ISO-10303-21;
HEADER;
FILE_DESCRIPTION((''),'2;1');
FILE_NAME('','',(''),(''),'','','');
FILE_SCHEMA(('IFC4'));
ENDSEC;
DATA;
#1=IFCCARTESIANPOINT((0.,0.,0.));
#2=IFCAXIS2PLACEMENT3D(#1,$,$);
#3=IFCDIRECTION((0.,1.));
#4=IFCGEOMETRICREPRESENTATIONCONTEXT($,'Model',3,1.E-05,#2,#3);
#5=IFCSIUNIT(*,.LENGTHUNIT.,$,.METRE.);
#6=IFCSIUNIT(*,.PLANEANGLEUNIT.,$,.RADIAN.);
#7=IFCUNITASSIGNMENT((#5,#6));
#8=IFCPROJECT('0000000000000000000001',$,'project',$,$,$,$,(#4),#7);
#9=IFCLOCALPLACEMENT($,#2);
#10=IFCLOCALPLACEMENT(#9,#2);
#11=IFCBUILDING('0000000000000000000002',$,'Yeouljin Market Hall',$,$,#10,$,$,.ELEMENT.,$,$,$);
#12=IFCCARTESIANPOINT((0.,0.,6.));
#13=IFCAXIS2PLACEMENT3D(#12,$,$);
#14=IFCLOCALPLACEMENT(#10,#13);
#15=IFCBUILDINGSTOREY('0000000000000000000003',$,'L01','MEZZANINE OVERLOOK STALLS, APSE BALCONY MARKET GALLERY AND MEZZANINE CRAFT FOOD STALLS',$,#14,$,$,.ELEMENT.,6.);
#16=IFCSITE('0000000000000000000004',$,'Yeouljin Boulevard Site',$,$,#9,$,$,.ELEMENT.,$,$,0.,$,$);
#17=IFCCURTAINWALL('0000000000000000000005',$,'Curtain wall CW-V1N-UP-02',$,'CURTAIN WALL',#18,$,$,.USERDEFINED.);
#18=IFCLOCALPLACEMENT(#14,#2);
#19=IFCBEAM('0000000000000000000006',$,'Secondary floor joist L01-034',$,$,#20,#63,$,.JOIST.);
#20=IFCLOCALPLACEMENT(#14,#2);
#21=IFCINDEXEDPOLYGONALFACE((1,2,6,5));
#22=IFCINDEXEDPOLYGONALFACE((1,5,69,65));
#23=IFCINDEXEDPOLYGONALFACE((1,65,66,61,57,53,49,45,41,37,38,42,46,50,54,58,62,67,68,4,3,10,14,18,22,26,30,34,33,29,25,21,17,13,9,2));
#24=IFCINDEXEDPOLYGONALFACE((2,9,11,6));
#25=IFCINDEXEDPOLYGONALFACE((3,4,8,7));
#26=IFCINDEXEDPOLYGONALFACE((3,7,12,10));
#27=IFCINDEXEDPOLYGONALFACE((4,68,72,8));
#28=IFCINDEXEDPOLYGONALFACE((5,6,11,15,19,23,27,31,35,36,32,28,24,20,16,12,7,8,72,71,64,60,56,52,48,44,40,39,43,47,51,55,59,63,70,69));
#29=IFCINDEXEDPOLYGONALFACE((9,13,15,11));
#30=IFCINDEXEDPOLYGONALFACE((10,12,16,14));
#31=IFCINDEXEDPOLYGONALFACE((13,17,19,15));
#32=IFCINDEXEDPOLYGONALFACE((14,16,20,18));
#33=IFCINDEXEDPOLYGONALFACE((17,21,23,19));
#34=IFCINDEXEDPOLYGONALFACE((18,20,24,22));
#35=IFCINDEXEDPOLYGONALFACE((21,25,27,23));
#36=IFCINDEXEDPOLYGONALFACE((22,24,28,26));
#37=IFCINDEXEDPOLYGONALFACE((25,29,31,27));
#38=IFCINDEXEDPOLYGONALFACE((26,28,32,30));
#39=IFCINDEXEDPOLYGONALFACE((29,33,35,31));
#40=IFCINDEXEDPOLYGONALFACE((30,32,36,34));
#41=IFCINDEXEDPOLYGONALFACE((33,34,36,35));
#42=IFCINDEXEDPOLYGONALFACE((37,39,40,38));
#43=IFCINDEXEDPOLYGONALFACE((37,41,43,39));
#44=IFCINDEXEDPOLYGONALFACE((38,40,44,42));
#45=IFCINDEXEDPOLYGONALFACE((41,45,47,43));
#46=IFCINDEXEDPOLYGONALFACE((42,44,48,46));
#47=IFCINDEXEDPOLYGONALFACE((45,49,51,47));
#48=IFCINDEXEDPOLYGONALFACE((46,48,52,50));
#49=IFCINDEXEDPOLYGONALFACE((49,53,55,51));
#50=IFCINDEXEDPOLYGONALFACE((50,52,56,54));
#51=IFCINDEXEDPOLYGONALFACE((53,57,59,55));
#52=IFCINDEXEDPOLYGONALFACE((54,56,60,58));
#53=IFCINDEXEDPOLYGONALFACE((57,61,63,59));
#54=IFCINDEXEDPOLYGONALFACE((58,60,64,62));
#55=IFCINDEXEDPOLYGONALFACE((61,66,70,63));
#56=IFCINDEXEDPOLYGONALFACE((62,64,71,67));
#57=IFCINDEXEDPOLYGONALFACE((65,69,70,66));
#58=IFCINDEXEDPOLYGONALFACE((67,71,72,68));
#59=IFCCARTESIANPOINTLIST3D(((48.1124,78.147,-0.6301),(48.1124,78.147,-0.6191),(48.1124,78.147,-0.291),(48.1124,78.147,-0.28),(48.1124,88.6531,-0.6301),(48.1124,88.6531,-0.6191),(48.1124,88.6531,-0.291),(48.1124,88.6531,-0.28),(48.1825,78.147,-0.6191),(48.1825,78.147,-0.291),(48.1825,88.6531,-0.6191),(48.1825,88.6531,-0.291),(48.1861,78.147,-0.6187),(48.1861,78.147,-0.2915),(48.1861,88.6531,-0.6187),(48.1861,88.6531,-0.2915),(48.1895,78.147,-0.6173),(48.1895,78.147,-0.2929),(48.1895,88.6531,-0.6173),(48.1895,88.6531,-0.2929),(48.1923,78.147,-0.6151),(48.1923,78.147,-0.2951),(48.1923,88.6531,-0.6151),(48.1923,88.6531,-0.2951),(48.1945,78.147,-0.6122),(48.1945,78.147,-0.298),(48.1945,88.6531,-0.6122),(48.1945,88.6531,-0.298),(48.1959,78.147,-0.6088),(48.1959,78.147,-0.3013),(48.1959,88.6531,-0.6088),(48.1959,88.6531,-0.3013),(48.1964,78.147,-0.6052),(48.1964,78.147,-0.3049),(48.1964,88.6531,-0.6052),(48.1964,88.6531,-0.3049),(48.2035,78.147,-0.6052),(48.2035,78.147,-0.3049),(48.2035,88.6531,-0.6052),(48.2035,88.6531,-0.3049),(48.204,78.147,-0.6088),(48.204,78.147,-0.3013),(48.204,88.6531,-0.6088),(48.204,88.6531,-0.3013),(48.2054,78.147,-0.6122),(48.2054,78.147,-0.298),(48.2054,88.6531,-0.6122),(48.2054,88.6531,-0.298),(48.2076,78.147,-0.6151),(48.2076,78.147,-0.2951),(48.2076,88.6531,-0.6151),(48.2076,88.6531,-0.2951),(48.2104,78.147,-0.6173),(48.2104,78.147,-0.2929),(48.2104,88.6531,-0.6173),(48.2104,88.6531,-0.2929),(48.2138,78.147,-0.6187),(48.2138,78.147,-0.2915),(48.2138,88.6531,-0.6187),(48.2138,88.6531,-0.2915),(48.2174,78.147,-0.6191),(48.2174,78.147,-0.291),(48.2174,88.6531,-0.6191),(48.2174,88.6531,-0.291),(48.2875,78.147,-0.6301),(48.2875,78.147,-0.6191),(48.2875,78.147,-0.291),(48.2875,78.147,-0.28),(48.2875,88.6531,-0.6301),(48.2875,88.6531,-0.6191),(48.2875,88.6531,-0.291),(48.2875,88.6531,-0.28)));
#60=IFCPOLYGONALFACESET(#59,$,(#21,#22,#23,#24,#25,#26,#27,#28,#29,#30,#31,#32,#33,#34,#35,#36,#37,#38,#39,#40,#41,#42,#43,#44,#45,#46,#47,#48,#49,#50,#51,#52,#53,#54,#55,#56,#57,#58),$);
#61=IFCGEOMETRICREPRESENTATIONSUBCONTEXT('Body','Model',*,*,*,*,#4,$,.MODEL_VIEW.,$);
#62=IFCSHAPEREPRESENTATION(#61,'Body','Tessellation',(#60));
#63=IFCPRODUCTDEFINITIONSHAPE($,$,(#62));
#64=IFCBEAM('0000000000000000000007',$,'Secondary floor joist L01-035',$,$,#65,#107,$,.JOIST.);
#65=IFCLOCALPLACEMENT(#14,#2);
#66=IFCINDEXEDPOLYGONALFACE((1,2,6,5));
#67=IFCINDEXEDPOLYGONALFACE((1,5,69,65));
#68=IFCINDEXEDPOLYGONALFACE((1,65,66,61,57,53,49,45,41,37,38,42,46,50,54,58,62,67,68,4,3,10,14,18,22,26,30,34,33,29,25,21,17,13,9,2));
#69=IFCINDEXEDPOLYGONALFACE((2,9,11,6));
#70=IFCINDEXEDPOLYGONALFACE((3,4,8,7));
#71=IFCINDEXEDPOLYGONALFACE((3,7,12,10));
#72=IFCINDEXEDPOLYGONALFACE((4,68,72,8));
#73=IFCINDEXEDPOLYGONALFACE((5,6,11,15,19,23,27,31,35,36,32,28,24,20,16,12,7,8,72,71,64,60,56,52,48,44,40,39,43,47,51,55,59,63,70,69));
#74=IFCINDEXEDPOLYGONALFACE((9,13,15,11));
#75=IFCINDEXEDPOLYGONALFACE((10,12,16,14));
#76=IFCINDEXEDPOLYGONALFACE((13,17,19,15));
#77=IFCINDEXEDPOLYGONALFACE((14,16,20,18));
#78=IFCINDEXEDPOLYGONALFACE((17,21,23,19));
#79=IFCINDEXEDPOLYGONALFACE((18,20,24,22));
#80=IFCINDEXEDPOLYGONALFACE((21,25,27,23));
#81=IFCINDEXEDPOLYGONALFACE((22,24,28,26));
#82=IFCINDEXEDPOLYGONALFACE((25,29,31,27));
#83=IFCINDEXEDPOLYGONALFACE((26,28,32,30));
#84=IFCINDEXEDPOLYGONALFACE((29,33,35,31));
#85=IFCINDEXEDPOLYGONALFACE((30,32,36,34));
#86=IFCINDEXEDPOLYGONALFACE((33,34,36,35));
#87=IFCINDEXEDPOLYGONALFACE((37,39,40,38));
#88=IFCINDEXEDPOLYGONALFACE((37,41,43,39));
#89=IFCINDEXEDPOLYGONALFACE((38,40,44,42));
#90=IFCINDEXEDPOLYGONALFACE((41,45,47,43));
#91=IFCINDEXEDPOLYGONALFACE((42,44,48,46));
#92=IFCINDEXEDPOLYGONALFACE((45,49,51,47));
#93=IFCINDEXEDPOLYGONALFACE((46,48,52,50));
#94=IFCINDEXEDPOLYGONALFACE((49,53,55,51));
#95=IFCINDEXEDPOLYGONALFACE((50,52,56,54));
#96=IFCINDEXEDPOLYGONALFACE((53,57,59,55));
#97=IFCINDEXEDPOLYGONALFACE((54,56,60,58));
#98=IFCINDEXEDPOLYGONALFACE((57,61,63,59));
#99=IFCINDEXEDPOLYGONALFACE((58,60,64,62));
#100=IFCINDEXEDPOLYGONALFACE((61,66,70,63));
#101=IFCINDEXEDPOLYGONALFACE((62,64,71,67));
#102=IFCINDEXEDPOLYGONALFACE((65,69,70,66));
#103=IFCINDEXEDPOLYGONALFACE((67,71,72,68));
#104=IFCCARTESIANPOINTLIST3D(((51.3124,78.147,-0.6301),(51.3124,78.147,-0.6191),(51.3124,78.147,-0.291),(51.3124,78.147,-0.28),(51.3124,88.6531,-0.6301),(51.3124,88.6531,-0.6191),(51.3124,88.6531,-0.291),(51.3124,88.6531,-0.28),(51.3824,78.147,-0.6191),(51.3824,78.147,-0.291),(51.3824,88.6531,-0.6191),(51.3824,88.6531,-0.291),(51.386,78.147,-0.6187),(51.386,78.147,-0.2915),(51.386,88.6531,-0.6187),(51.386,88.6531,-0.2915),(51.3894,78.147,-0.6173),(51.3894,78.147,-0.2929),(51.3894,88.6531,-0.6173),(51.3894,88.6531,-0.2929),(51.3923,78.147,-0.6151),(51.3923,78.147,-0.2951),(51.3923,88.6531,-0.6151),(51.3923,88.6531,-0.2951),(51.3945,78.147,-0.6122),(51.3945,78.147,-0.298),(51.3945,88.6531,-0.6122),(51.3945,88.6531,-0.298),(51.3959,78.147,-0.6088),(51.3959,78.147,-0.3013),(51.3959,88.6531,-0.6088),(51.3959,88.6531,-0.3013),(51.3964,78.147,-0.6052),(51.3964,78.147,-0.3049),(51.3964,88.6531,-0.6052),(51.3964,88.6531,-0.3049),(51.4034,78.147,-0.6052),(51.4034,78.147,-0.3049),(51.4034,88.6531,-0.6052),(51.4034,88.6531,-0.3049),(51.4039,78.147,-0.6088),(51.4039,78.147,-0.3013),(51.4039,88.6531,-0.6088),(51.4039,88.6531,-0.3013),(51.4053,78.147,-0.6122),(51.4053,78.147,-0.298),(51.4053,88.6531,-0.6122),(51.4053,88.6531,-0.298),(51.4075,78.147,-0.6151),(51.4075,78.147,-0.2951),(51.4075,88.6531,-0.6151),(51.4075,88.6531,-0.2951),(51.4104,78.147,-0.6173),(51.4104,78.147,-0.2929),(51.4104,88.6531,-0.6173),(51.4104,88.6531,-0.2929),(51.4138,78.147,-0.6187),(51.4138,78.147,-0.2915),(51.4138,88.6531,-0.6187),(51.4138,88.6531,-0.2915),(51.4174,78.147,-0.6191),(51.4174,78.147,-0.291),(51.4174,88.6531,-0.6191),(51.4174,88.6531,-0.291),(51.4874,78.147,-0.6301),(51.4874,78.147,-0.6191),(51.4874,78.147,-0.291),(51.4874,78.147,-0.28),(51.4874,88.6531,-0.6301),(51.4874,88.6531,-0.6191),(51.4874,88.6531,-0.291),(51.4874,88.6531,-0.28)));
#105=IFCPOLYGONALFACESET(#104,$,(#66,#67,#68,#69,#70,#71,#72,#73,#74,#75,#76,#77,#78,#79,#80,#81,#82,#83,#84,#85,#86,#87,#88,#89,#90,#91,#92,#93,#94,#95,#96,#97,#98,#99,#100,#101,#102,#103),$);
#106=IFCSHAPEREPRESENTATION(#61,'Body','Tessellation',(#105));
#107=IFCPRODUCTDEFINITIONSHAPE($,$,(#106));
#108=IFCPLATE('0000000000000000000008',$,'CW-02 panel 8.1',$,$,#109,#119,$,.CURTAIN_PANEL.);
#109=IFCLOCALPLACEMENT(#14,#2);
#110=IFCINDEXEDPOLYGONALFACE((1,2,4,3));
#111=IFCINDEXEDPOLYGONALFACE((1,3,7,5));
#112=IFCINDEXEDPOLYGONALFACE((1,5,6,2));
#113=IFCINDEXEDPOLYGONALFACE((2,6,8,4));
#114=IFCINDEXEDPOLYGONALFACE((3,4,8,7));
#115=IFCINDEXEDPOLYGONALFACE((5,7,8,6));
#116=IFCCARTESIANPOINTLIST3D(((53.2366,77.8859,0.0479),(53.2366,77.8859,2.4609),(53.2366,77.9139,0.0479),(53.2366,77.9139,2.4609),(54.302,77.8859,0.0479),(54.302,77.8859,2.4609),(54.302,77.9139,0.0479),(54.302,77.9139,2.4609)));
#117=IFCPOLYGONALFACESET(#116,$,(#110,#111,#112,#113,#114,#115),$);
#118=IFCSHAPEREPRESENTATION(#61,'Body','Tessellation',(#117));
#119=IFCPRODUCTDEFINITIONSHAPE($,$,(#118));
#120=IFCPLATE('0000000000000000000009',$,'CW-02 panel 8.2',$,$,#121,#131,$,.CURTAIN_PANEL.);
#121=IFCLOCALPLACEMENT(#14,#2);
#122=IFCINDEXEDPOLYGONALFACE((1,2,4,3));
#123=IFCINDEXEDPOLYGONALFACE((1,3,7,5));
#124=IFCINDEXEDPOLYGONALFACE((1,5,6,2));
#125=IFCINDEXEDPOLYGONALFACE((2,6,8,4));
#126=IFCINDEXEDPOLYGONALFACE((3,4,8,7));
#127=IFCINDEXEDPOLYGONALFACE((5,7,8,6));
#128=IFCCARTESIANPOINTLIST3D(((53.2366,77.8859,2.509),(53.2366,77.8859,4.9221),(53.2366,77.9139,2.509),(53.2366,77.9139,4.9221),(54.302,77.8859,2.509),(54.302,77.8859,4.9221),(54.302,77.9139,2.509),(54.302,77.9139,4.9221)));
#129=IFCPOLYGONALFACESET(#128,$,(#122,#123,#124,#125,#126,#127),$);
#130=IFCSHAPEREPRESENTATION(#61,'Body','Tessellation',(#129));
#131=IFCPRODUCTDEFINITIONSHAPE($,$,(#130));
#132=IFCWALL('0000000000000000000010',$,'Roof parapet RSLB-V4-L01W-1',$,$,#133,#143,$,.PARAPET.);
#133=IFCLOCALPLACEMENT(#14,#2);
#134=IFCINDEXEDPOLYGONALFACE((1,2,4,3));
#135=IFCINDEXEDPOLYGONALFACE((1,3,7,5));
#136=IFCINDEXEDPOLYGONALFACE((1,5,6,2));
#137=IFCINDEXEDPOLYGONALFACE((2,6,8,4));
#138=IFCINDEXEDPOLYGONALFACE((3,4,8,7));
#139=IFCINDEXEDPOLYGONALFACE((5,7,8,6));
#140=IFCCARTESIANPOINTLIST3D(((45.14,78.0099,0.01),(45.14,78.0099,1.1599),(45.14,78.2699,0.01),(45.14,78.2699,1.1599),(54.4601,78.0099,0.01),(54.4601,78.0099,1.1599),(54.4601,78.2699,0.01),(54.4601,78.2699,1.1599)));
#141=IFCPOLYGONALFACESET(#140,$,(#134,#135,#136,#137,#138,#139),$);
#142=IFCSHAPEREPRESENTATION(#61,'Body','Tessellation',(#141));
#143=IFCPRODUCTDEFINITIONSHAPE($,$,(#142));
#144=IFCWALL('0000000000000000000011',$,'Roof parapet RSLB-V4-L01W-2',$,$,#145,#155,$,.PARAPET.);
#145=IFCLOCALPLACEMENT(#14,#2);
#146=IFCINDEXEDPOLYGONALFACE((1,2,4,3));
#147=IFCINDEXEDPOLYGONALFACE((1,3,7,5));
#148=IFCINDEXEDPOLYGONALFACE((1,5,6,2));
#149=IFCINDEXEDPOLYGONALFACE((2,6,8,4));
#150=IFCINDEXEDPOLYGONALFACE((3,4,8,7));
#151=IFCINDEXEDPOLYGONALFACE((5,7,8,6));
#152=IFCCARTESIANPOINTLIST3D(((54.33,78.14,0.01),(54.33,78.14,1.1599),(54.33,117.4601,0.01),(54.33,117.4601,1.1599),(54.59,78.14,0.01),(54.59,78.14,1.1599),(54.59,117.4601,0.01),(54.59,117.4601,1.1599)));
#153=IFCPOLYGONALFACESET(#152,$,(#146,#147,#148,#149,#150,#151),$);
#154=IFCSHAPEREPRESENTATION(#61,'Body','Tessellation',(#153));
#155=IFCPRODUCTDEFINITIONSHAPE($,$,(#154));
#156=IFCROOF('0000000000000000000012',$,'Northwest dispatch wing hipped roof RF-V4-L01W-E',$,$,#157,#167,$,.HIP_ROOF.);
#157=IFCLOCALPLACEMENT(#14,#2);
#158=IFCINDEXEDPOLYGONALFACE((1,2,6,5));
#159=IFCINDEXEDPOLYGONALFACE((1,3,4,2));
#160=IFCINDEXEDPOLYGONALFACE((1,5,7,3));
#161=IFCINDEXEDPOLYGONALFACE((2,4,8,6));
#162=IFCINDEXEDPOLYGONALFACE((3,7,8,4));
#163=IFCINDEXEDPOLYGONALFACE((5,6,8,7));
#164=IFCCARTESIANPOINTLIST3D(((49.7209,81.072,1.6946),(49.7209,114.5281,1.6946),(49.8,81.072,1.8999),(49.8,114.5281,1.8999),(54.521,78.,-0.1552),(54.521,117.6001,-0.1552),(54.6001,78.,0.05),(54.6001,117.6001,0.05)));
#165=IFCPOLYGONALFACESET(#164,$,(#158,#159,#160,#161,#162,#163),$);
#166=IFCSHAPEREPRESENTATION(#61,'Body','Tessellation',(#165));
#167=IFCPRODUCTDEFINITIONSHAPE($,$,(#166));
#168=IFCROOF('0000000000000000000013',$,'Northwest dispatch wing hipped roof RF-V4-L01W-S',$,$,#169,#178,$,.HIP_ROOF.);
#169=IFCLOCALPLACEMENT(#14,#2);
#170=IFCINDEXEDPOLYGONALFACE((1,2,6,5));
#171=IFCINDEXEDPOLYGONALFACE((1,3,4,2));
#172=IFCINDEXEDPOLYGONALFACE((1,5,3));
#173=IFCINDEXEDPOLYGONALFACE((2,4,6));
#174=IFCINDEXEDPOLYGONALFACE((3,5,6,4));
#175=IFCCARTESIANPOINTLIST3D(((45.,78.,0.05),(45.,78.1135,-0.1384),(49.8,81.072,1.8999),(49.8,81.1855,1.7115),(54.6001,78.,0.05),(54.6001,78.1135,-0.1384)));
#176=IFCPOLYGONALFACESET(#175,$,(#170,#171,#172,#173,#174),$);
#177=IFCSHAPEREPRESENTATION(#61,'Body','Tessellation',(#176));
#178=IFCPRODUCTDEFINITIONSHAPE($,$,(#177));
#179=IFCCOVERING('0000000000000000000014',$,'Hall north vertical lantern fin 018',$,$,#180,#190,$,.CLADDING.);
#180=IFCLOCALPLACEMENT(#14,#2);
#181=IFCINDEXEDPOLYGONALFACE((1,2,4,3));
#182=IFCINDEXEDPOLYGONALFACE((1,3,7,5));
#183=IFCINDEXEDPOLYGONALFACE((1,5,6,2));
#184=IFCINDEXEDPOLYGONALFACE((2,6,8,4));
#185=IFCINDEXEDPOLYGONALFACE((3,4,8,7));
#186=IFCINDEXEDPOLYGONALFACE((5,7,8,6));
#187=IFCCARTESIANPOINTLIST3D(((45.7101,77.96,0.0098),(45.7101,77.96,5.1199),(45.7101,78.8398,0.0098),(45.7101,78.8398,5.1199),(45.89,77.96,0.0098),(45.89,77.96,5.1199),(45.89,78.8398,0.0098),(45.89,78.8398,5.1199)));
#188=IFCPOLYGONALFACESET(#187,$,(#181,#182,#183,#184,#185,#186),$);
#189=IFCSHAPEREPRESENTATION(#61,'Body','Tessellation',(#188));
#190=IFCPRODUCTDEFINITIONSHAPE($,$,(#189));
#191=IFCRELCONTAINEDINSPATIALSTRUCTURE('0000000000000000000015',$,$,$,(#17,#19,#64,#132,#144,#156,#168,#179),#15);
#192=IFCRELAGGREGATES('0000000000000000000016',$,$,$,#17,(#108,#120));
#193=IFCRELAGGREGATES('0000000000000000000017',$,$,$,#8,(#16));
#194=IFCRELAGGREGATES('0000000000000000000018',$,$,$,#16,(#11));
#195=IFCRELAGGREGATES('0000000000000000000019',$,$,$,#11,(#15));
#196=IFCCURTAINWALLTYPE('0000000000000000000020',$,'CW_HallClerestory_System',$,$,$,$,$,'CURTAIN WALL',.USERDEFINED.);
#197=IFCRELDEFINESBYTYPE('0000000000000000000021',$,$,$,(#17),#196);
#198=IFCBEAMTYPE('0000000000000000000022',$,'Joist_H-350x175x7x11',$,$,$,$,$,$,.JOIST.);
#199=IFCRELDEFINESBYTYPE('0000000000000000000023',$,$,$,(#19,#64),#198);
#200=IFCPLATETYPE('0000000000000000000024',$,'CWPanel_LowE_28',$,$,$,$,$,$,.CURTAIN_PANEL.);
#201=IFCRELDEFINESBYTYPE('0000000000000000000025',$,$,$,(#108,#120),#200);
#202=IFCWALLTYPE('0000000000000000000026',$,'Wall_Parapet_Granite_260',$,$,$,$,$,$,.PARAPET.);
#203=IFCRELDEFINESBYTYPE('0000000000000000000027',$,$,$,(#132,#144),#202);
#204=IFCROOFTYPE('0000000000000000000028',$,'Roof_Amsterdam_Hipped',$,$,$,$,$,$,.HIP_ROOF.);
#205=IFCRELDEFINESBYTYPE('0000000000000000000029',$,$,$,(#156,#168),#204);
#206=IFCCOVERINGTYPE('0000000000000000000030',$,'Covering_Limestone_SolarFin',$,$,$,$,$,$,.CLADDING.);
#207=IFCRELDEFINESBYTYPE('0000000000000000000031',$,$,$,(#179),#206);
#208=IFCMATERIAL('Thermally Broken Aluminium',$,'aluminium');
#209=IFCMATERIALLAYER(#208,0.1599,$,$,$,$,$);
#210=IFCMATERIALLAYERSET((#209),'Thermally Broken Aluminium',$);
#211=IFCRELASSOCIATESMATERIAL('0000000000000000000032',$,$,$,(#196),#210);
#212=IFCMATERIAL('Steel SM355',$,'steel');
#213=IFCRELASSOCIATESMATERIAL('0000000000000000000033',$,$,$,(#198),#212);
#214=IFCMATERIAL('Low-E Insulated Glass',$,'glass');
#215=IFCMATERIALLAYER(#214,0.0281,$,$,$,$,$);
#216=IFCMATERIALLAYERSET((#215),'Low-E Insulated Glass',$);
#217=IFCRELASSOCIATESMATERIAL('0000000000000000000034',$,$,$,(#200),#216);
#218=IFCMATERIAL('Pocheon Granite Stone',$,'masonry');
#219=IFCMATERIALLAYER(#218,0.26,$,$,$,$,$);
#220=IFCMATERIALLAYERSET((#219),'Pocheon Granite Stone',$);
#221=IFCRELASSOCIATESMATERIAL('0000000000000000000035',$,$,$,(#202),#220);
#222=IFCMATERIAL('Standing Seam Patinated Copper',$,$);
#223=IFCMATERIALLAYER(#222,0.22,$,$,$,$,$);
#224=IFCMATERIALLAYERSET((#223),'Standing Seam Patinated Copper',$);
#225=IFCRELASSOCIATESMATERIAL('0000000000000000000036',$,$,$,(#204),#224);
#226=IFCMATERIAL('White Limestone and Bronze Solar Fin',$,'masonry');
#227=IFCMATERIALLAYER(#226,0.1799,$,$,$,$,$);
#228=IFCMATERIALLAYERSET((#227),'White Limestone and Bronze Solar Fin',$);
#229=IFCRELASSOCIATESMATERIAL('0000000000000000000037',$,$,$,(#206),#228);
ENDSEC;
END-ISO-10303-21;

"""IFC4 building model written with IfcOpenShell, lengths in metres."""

from ifc_helpers import new_model, si_unit, direction, frame, frame_2d, origin, origin_2d, place, context, subcontext, project, spatial, polyline, rectangle, i_section, outline, extrude, material, layer, layer_set, material_profile, profile_set, type_object, element, aggregate, save


model = new_model("IFC4")

# Units and contexts
model_context = context("Model", 3, precision=1e-05, world=origin(), true_north=direction((0.0, 1.0)))
body_context = subcontext(model_context, "Body", "Model", "MODEL_VIEW")
ifc_project = project(units=[si_unit("LENGTHUNIT", "METRE"), si_unit("PLANEANGLEUNIT", "RADIAN")], contexts=[model_context])

# Site, building, storey
site_placement = place(None, origin())
site = spatial("IfcSite", under=ifc_project, at=site_placement, Name="Yeouljin Boulevard Site", CompositionType="ELEMENT", RefElevation=0.0)
building_placement = place(site_placement, origin())
building = spatial("IfcBuilding", under=site, at=building_placement, Name="Yeouljin Market Hall", CompositionType="ELEMENT")
storey_placement = place(building_placement, frame((0.0, 0.0, 6.0)))
storey = spatial("IfcBuildingStorey", under=building, at=storey_placement, Name="L01", Description="MEZZANINE OVERLOOK STALLS, APSE BALCONY MARKET GALLERY AND MEZZANINE CRAFT FOOD STALLS", CompositionType="ELEMENT", Elevation=6.0)

# Curtain wall
ifc_material_1 = material(Name="Thermally Broken Aluminium", Category="aluminium")
ifc_layer_1 = layer(ifc_material_1, 0.1599)
ifc_layer_set_1 = layer_set([ifc_layer_1], Name="Thermally Broken Aluminium")
curtain_wall_type_1 = type_object("IfcCurtainWallType", Name="CW_HallClerestory_System", ElementType="CURTAIN WALL", PredefinedType="USERDEFINED", material=ifc_layer_set_1)
curtain_wall_1_placement = place(storey_placement, origin())
curtain_wall_1 = element("IfcCurtainWall", 1, at=curtain_wall_1_placement, inside=storey, type_object=curtain_wall_type_1, Name="Curtain wall CW-V1N-UP-02", ObjectType="CURTAIN WALL", PredefinedType="USERDEFINED")

# Beams
ifc_material_2 = material(Name="Steel SM355", Category="steel")
ifc_material_profile_1 = material_profile(ifc_material_2, i_section(OverallWidth=0.175, OverallDepth=0.3501, WebThickness=0.0071, FlangeThickness=0.011, FilletRadius=0.0139, at=origin_2d()), Name="H-350x175x7x11")
ifc_profile_set_1 = profile_set([ifc_material_profile_1], Name="Steel SM355")
beam_type_1 = type_object("IfcBeamType", Name="Joist_H-350x175x7x11", PredefinedType="JOIST", material=ifc_profile_set_1)
for number, where, z_axis, x_axis, name in (
    (2, (48.2, 78.147, -0.4551), (0.0, 1.0, 0.0), (-1.0, 0.0, 0.0), "Secondary floor joist L01-034"),
    (3, (51.3999, 78.147, -0.4551), (0.0, 1.0, 0.0), (-1.0, 0.0, 0.0), "Secondary floor joist L01-035"),
):
    element("IfcBeam", number, at=place(storey_placement, frame(where, z_axis=z_axis, x_axis=x_axis)), inside=storey, type_object=beam_type_1, Name=name, PredefinedType="JOIST", context=body_context, shape_type="SweptSolid", body=[
        extrude(i_section(OverallWidth=0.175, OverallDepth=0.3501, WebThickness=0.0071, FlangeThickness=0.011, FilletRadius=0.0139, at=origin_2d()), origin(), (0.0, 0.0, 1.0), 10.5061),
    ])

# Plates
ifc_material_3 = material(Name="Low-E Insulated Glass", Category="glass")
ifc_layer_2 = layer(ifc_material_3, 0.0281)
ifc_layer_set_2 = layer_set([ifc_layer_2], Name="Low-E Insulated Glass")
plate_type = type_object("IfcPlateType", Name="CWPanel_LowE_28", PredefinedType="CURTAIN_PANEL", material=ifc_layer_set_2)
plate_1_placement = place(storey_placement, frame((53.7693, 77.8999, 0.0479), z_axis=(0.0, 0.0, 1.0), x_axis=(1.0, 0.0, 0.0)))
plate_1 = element("IfcPlate", 4, at=plate_1_placement, type_object=plate_type, Name="CW-02 panel 8.1", PredefinedType="CURTAIN_PANEL", context=body_context, shape_type="SweptSolid", body=[
    extrude(rectangle(XDim=1.0654, YDim=0.0281, at=origin_2d()), origin(), (0.0, 0.0, 1.0), 2.4131),
])
plate_2_placement = place(storey_placement, frame((53.7693, 77.8999, 2.509), z_axis=(0.0, 0.0, 1.0), x_axis=(1.0, 0.0, 0.0)))
plate_2 = element("IfcPlate", 5, at=plate_2_placement, type_object=plate_type, Name="CW-02 panel 8.2", PredefinedType="CURTAIN_PANEL", context=body_context, shape_type="SweptSolid", body=[
    extrude(rectangle(XDim=1.0654, YDim=0.0281, at=origin_2d()), origin(), (0.0, 0.0, 1.0), 2.4131),
])
aggregate(curtain_wall_1, [plate_1, plate_2])

# Walls
ifc_material_4 = material(Name="Pocheon Granite Stone", Category="masonry")
ifc_layer_3 = layer(ifc_material_4, 0.26)
ifc_layer_set_3 = layer_set([ifc_layer_3], Name="Pocheon Granite Stone")
wall_type = type_object("IfcWallType", Name="Wall_Parapet_Granite_260", PredefinedType="PARAPET", material=ifc_layer_set_3)
wall_1_placement = place(storey_placement, frame((45.1399, 78.1399, 0.01), z_axis=(0.0, 0.0, 1.0), x_axis=(1.0, 0.0, 0.0)))
element("IfcWall", 6, at=wall_1_placement, inside=storey, type_object=wall_type, Name="Roof parapet RSLB-V4-L01W-1", PredefinedType="PARAPET", context=body_context, shape_type="SweptSolid", body=[
    extrude(rectangle(XDim=9.3201, YDim=0.26, at=frame_2d((4.6602, 0.0))), origin(), (0.0, 0.0, 1.0), 1.1499),
])
wall_2_placement = place(storey_placement, frame((54.46, 78.1399, 0.01), z_axis=(0.0, 0.0, 1.0), x_axis=(0.0, 1.0, 0.0)))
element("IfcWall", 7, at=wall_2_placement, inside=storey, type_object=wall_type, Name="Roof parapet RSLB-V4-L01W-2", PredefinedType="PARAPET", context=body_context, shape_type="SweptSolid", body=[
    extrude(rectangle(XDim=39.3201, YDim=0.26, at=frame_2d((19.6602, 0.0))), origin(), (0.0, 0.0, 1.0), 1.1499),
])

# Roofs
ifc_material_5 = material(Name="Standing Seam Patinated Copper")
ifc_layer_4 = layer(ifc_material_5, 0.22)
ifc_layer_set_4 = layer_set([ifc_layer_4], Name="Standing Seam Patinated Copper")
roof_type = type_object("IfcRoofType", Name="Roof_Amsterdam_Hipped", PredefinedType="HIP_ROOF", material=ifc_layer_set_4)
roof_1_placement = place(storey_placement, frame((54.6001, 78.0, 0.05), z_axis=(0.359602, 0.0, 0.933106), x_axis=(0.0, 1.0, 0.0)))
element("IfcRoof", 8, at=roof_1_placement, inside=storey, type_object=roof_type, Name="Northwest dispatch wing hipped roof RF-V4-L01W-E", PredefinedType="HIP_ROOF", context=body_context, shape_type="SweptSolid", body=[
    extrude(outline(polyline([(0.0, 0.0), (39.6001, 0.0), (36.5281, 5.1442), (3.072, 5.1442), (0.0, 0.0)])), origin(), (0.0, 0.0, -1.0), 0.22),
])
roof_2_placement = place(storey_placement, frame((45.0, 78.0, 0.05), z_axis=(0.0, -0.515857, 0.856675), x_axis=(1.0, 0.0, 0.0)))
element("IfcRoof", 9, at=roof_2_placement, inside=storey, type_object=roof_type, Name="Northwest dispatch wing hipped roof RF-V4-L01W-S", PredefinedType="HIP_ROOF", context=body_context, shape_type="SweptSolid", body=[
    extrude(outline(polyline([(0.0, 0.0), (9.6001, 0.0), (4.8, 3.586), (0.0, 0.0)])), origin(), (0.0, 0.0, -1.0), 0.22),
])

# Covering
ifc_material_6 = material(Name="White Limestone and Bronze Solar Fin", Category="masonry")
ifc_layer_5 = layer(ifc_material_6, 0.1799)
ifc_layer_set_5 = layer_set([ifc_layer_5], Name="White Limestone and Bronze Solar Fin")
covering_type = type_object("IfcCoveringType", Name="Covering_Limestone_SolarFin", PredefinedType="CLADDING", material=ifc_layer_set_5)
for number, where, z_axis, x_axis, name in (
    (10, (45.8, 78.3999, 0.0098), (0.0, 0.0, 1.0), (1.0, 0.0, 0.0), "Hall north vertical lantern fin 018"),
):
    element("IfcCovering", number, at=place(storey_placement, frame(where, z_axis=z_axis, x_axis=x_axis)), inside=storey, type_object=covering_type, Name=name, PredefinedType="CLADDING", context=body_context, shape_type="SweptSolid", body=[
        extrude(rectangle(XDim=0.1799, YDim=0.8799, at=origin_2d()), origin(), (0.0, 0.0, 1.0), 5.1101),
    ])

save(model, "model.ifc")
